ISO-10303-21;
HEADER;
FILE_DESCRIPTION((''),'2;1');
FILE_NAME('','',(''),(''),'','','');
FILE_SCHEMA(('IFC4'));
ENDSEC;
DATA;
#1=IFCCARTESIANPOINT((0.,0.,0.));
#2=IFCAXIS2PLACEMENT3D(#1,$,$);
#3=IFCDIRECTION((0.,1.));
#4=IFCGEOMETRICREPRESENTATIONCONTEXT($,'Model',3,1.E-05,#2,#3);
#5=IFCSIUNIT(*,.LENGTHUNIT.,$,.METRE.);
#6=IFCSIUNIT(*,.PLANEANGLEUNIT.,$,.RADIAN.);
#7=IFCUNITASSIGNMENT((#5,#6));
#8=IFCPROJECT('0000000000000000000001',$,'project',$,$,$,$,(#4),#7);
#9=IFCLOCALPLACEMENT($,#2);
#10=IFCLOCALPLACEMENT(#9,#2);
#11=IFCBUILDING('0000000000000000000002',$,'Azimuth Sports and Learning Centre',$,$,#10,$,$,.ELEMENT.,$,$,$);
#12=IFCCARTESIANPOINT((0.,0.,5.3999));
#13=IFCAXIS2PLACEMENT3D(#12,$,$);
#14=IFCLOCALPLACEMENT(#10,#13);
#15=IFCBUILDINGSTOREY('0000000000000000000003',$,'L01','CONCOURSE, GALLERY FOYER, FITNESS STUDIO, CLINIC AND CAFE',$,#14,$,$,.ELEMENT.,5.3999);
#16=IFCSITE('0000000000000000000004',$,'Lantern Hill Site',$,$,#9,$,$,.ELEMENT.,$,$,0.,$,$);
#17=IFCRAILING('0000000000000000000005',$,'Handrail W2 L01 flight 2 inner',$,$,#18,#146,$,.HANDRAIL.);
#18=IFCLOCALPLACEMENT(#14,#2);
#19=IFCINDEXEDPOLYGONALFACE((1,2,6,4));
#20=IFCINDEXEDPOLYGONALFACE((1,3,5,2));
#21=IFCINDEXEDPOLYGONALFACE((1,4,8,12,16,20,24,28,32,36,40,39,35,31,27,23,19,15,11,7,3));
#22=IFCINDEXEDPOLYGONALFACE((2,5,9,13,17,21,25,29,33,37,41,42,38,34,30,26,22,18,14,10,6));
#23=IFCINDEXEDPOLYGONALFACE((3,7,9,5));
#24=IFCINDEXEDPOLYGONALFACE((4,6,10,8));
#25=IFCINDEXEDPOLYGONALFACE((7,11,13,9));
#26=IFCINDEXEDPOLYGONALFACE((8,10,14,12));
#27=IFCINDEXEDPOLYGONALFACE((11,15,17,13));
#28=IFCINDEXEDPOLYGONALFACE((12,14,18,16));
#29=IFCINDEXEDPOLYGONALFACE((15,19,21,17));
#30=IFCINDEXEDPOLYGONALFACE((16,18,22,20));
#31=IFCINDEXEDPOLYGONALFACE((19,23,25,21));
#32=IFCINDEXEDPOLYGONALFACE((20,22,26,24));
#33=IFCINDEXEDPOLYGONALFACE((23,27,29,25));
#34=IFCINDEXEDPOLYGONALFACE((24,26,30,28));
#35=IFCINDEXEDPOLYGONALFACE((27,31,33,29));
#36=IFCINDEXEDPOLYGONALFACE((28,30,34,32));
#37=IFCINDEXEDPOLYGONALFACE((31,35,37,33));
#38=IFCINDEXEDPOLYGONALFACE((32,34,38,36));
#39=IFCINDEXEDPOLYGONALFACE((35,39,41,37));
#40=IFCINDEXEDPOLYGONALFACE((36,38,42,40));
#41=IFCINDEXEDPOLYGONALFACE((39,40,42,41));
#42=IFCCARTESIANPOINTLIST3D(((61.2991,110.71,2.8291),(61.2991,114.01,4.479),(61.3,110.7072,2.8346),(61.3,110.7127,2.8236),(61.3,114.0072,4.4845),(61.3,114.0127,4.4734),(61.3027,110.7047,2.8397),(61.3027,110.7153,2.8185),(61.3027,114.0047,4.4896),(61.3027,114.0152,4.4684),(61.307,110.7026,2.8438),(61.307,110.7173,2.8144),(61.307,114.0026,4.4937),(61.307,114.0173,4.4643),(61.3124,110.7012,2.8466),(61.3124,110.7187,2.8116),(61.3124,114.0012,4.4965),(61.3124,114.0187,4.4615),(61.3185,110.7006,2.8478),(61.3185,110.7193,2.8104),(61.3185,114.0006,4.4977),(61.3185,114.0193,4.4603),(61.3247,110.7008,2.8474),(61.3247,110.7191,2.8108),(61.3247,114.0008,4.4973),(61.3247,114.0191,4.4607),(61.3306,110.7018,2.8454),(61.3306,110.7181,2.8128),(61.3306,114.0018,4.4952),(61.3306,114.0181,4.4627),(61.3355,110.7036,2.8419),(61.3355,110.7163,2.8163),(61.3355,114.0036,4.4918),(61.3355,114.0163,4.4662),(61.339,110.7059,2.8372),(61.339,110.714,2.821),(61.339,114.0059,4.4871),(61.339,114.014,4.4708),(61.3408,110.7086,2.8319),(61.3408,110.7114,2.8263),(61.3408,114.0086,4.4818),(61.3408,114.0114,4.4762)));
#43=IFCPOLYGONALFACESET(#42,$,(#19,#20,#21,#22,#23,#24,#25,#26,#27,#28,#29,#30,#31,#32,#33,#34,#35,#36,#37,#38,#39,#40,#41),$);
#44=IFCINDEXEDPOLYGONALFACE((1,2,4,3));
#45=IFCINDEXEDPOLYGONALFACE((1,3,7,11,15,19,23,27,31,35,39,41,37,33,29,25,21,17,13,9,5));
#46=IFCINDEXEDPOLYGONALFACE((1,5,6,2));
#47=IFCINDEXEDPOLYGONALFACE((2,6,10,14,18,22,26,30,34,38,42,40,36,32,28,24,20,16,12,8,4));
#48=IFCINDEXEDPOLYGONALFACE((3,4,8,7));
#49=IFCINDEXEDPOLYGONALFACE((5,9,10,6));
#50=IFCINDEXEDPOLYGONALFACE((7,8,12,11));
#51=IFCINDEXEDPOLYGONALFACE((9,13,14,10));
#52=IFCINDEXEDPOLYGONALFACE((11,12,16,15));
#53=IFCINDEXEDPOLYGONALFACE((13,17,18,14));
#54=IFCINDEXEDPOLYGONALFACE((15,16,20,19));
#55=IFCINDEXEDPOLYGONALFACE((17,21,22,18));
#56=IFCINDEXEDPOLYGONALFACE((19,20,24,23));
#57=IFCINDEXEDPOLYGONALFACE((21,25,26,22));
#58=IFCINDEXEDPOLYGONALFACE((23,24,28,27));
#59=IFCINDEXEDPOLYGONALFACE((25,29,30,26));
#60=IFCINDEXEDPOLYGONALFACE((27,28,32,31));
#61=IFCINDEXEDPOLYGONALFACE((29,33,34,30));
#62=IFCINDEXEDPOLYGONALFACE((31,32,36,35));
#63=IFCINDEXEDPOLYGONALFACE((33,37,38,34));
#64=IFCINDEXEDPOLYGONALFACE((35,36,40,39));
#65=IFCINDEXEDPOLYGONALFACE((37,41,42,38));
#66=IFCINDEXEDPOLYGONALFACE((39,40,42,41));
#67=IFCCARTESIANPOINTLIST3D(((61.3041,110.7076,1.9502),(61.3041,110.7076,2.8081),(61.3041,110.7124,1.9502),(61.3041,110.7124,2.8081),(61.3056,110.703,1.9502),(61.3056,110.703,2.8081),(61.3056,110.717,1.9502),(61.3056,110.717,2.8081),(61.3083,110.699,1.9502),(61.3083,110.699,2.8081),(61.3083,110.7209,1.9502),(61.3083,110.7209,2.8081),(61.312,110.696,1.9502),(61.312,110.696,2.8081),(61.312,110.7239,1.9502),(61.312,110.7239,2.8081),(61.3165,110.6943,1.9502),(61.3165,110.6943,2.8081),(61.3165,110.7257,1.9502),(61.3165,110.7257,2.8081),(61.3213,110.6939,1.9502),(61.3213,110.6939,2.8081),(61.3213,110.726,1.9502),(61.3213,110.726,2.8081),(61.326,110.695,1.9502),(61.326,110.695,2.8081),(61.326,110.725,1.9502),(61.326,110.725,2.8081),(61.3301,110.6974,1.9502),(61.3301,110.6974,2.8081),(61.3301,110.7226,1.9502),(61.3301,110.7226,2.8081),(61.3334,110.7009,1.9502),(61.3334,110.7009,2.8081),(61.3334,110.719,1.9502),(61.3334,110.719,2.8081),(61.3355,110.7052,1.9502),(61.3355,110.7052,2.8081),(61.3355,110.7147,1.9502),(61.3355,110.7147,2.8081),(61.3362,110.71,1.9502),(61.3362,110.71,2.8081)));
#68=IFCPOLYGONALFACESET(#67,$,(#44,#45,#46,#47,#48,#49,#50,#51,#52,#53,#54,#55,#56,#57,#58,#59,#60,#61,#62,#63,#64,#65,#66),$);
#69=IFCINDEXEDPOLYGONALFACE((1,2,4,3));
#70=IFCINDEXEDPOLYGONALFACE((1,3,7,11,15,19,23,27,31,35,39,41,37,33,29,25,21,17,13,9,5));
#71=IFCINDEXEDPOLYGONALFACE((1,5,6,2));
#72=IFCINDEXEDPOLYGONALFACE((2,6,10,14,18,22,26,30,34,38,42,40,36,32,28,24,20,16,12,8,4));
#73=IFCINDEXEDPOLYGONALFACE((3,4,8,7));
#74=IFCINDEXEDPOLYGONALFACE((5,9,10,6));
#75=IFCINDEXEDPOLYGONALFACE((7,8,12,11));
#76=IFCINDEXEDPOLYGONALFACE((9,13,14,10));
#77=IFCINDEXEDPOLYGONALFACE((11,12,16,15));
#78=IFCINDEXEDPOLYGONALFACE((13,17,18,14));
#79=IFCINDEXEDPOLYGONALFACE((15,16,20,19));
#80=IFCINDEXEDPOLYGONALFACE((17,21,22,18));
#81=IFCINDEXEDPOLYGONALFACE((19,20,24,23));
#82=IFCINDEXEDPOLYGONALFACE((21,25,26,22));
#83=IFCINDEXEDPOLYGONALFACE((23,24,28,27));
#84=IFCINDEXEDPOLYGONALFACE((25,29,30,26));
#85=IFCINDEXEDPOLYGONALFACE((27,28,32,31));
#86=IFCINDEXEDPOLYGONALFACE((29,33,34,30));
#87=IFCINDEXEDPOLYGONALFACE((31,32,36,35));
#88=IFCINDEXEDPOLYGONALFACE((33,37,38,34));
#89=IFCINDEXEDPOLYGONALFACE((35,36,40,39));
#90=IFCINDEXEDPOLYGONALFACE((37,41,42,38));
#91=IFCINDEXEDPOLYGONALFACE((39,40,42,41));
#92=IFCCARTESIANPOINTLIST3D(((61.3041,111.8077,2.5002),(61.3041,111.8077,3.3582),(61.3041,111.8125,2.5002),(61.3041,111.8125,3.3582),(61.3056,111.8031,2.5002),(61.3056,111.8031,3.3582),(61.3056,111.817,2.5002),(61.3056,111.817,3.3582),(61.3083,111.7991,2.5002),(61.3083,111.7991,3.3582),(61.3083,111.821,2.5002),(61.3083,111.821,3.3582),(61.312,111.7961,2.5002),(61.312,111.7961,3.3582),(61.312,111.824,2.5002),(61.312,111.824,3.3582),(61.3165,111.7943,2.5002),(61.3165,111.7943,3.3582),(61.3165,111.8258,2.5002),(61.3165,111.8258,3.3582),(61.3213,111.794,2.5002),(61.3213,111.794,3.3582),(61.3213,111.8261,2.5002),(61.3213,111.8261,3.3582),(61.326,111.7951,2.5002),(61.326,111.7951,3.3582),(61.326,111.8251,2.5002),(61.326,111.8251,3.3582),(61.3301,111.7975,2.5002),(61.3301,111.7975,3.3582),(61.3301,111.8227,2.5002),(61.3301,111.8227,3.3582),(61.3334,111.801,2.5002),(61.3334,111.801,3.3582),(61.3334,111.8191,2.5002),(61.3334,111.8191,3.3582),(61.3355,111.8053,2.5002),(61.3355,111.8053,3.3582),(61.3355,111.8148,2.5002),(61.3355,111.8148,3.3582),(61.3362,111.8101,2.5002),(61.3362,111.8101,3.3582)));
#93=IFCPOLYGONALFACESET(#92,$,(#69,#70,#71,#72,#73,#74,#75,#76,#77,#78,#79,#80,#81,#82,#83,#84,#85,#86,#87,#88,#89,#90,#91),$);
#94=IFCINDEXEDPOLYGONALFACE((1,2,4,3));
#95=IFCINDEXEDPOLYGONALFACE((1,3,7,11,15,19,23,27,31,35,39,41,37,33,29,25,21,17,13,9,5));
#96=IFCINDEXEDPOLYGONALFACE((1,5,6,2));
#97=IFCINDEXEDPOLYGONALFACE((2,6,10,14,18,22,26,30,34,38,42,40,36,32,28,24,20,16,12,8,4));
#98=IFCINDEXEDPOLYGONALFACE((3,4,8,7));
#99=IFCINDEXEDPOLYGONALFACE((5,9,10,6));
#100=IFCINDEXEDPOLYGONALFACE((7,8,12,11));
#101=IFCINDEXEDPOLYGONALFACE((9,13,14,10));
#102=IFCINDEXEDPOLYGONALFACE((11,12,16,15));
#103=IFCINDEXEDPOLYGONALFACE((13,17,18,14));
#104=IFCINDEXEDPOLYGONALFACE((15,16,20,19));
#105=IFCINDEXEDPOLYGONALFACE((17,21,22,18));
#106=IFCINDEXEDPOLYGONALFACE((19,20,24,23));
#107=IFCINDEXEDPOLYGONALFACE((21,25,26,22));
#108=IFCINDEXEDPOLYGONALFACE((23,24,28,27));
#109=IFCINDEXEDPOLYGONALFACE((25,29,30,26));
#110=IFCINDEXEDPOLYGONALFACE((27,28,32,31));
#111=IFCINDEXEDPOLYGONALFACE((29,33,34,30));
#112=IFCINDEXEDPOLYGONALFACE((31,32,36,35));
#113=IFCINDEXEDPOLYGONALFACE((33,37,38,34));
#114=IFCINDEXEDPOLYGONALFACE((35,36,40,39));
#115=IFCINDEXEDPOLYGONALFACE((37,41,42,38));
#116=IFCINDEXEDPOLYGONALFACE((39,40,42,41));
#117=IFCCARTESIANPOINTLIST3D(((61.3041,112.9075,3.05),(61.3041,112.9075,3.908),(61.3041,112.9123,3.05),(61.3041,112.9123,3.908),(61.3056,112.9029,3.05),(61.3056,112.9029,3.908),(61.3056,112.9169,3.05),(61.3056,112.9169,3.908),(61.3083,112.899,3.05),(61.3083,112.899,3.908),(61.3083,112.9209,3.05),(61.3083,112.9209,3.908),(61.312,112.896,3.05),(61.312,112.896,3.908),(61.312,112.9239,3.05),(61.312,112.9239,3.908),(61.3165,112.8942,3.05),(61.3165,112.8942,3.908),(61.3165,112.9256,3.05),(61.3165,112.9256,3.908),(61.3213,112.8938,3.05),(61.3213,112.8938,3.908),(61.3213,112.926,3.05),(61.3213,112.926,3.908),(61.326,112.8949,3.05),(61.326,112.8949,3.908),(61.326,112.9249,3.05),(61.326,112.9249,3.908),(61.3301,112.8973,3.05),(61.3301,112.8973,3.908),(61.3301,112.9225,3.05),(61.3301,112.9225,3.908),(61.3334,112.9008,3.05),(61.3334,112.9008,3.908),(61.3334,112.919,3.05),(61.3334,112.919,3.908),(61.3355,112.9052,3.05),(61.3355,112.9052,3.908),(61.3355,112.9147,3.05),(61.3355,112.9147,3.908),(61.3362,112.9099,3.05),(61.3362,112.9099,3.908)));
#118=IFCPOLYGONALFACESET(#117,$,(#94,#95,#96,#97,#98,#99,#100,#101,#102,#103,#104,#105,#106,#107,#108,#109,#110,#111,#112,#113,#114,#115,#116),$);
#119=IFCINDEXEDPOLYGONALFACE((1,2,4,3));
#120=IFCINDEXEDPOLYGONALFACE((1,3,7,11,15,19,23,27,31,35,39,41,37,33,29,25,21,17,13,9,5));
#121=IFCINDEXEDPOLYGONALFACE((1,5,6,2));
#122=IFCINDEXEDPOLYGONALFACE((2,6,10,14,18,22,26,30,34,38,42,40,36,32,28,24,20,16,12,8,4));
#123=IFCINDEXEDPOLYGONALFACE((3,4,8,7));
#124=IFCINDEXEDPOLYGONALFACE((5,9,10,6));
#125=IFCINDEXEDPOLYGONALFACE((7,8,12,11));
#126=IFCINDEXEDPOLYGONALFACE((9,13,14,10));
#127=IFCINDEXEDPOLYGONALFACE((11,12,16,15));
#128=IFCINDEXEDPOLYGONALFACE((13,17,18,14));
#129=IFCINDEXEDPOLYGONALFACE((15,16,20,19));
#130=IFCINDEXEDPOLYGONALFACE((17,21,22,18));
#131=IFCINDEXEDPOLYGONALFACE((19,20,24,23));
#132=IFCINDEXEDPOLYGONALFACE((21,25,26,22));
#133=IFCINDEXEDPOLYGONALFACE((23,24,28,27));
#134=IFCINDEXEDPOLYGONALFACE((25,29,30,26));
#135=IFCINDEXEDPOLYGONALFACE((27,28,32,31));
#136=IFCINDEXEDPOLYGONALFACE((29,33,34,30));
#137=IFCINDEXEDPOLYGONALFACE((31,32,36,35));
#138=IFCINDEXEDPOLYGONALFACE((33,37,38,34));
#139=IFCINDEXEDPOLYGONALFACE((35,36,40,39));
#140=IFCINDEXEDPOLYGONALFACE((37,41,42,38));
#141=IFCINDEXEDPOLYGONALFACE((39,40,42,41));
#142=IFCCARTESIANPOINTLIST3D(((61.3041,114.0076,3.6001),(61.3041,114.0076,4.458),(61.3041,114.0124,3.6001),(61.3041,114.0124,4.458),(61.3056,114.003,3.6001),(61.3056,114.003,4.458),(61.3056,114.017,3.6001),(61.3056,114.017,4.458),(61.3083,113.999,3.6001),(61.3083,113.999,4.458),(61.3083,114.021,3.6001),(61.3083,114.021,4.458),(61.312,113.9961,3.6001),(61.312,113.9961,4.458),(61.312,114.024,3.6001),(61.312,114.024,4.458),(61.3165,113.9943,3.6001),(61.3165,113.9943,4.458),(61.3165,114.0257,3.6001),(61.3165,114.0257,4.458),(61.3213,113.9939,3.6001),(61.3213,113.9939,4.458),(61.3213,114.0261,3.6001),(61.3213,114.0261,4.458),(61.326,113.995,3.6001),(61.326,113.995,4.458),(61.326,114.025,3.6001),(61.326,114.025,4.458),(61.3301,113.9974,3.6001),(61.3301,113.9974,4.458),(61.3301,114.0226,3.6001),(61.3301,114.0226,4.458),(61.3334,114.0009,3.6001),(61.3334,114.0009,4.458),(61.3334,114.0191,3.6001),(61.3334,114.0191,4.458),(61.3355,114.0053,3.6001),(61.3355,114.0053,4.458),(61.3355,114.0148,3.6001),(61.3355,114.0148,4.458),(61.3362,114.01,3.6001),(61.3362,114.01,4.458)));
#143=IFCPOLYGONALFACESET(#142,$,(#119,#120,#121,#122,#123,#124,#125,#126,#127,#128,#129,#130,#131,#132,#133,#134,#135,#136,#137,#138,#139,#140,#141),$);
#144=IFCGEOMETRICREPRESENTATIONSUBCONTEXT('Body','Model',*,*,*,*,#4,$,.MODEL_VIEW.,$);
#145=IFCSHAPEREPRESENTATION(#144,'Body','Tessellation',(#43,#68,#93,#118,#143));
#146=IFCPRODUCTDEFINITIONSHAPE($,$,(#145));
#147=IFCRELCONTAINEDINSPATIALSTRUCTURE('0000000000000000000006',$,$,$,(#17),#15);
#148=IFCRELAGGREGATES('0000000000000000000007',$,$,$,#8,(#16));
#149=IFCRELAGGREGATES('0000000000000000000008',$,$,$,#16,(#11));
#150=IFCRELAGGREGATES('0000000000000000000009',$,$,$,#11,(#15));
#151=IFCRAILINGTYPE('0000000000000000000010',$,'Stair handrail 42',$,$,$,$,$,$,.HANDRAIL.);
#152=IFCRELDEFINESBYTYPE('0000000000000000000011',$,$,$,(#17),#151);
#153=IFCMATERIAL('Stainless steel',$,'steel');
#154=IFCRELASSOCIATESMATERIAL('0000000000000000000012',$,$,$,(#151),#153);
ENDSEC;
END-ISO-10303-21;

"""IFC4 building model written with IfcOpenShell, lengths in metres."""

from ifc_helpers import new_model, si_unit, direction, frame, origin, origin_2d, place, context, subcontext, project, spatial, circle, extrude, material, type_object, element, save


model = new_model("IFC4")

# Units and contexts
model_context = context("Model", 3, precision=1e-05, world=origin(), true_north=direction((0.0, 1.0)))
body_context = subcontext(model_context, "Body", "Model", "MODEL_VIEW")
ifc_project = project(units=[si_unit("LENGTHUNIT", "METRE"), si_unit("PLANEANGLEUNIT", "RADIAN")], contexts=[model_context])

# Site, building, storey
site_placement = place(None, origin())
site = spatial("IfcSite", under=ifc_project, at=site_placement, Name="Lantern Hill Site", CompositionType="ELEMENT", RefElevation=0.0)
building_placement = place(site_placement, origin())
building = spatial("IfcBuilding", under=site, at=building_placement, Name="Azimuth Sports and Learning Centre", CompositionType="ELEMENT")
storey_placement = place(building_placement, frame((0.0, 0.0, 5.3999)))
storey = spatial("IfcBuildingStorey", under=building, at=storey_placement, Name="L01", Description="CONCOURSE, GALLERY FOYER, FITNESS STUDIO, CLINIC AND CAFE", CompositionType="ELEMENT", Elevation=5.3999)

# Railing
ifc_material_1 = material(Name="Stainless steel", Category="steel")
railing_type_1 = type_object("IfcRailingType", Name="Stair handrail 42", PredefinedType="HANDRAIL", material=ifc_material_1)
for number, where, name in (
    (1, (61.3201, 110.71, 1.9502), "Handrail W2 L01 flight 2 inner"),
):
    element("IfcRailing", number, at=place(storey_placement, frame(where)), inside=storey, type_object=railing_type_1, Name=name, PredefinedType="HANDRAIL", context=body_context, shape_type="SweptSolid", body=[
        extrude(circle(Radius=0.021, at=origin_2d()), frame((0.0, 0.0, 0.8789), z_axis=(0.0, 0.89444, 0.447187), x_axis=(-1.0, 0.0, 0.0)), (0.0, 0.0, 1.0), 3.6895),
        extrude(circle(Radius=0.0161, at=origin_2d()), origin(), (0.0, 0.0, 1.0), 0.8579),
        extrude(circle(Radius=0.0161, at=origin_2d()), frame((0.0, 1.1001, 0.55)), (0.0, 0.0, 1.0), 0.8579),
        extrude(circle(Radius=0.0161, at=origin_2d()), frame((0.0, 2.2, 1.0999)), (0.0, 0.0, 1.0), 0.8579),
        extrude(circle(Radius=0.0161, at=origin_2d()), frame((0.0, 3.3, 1.6499)), (0.0, 0.0, 1.0), 0.8579),
    ])

save(model, "model.ifc")
